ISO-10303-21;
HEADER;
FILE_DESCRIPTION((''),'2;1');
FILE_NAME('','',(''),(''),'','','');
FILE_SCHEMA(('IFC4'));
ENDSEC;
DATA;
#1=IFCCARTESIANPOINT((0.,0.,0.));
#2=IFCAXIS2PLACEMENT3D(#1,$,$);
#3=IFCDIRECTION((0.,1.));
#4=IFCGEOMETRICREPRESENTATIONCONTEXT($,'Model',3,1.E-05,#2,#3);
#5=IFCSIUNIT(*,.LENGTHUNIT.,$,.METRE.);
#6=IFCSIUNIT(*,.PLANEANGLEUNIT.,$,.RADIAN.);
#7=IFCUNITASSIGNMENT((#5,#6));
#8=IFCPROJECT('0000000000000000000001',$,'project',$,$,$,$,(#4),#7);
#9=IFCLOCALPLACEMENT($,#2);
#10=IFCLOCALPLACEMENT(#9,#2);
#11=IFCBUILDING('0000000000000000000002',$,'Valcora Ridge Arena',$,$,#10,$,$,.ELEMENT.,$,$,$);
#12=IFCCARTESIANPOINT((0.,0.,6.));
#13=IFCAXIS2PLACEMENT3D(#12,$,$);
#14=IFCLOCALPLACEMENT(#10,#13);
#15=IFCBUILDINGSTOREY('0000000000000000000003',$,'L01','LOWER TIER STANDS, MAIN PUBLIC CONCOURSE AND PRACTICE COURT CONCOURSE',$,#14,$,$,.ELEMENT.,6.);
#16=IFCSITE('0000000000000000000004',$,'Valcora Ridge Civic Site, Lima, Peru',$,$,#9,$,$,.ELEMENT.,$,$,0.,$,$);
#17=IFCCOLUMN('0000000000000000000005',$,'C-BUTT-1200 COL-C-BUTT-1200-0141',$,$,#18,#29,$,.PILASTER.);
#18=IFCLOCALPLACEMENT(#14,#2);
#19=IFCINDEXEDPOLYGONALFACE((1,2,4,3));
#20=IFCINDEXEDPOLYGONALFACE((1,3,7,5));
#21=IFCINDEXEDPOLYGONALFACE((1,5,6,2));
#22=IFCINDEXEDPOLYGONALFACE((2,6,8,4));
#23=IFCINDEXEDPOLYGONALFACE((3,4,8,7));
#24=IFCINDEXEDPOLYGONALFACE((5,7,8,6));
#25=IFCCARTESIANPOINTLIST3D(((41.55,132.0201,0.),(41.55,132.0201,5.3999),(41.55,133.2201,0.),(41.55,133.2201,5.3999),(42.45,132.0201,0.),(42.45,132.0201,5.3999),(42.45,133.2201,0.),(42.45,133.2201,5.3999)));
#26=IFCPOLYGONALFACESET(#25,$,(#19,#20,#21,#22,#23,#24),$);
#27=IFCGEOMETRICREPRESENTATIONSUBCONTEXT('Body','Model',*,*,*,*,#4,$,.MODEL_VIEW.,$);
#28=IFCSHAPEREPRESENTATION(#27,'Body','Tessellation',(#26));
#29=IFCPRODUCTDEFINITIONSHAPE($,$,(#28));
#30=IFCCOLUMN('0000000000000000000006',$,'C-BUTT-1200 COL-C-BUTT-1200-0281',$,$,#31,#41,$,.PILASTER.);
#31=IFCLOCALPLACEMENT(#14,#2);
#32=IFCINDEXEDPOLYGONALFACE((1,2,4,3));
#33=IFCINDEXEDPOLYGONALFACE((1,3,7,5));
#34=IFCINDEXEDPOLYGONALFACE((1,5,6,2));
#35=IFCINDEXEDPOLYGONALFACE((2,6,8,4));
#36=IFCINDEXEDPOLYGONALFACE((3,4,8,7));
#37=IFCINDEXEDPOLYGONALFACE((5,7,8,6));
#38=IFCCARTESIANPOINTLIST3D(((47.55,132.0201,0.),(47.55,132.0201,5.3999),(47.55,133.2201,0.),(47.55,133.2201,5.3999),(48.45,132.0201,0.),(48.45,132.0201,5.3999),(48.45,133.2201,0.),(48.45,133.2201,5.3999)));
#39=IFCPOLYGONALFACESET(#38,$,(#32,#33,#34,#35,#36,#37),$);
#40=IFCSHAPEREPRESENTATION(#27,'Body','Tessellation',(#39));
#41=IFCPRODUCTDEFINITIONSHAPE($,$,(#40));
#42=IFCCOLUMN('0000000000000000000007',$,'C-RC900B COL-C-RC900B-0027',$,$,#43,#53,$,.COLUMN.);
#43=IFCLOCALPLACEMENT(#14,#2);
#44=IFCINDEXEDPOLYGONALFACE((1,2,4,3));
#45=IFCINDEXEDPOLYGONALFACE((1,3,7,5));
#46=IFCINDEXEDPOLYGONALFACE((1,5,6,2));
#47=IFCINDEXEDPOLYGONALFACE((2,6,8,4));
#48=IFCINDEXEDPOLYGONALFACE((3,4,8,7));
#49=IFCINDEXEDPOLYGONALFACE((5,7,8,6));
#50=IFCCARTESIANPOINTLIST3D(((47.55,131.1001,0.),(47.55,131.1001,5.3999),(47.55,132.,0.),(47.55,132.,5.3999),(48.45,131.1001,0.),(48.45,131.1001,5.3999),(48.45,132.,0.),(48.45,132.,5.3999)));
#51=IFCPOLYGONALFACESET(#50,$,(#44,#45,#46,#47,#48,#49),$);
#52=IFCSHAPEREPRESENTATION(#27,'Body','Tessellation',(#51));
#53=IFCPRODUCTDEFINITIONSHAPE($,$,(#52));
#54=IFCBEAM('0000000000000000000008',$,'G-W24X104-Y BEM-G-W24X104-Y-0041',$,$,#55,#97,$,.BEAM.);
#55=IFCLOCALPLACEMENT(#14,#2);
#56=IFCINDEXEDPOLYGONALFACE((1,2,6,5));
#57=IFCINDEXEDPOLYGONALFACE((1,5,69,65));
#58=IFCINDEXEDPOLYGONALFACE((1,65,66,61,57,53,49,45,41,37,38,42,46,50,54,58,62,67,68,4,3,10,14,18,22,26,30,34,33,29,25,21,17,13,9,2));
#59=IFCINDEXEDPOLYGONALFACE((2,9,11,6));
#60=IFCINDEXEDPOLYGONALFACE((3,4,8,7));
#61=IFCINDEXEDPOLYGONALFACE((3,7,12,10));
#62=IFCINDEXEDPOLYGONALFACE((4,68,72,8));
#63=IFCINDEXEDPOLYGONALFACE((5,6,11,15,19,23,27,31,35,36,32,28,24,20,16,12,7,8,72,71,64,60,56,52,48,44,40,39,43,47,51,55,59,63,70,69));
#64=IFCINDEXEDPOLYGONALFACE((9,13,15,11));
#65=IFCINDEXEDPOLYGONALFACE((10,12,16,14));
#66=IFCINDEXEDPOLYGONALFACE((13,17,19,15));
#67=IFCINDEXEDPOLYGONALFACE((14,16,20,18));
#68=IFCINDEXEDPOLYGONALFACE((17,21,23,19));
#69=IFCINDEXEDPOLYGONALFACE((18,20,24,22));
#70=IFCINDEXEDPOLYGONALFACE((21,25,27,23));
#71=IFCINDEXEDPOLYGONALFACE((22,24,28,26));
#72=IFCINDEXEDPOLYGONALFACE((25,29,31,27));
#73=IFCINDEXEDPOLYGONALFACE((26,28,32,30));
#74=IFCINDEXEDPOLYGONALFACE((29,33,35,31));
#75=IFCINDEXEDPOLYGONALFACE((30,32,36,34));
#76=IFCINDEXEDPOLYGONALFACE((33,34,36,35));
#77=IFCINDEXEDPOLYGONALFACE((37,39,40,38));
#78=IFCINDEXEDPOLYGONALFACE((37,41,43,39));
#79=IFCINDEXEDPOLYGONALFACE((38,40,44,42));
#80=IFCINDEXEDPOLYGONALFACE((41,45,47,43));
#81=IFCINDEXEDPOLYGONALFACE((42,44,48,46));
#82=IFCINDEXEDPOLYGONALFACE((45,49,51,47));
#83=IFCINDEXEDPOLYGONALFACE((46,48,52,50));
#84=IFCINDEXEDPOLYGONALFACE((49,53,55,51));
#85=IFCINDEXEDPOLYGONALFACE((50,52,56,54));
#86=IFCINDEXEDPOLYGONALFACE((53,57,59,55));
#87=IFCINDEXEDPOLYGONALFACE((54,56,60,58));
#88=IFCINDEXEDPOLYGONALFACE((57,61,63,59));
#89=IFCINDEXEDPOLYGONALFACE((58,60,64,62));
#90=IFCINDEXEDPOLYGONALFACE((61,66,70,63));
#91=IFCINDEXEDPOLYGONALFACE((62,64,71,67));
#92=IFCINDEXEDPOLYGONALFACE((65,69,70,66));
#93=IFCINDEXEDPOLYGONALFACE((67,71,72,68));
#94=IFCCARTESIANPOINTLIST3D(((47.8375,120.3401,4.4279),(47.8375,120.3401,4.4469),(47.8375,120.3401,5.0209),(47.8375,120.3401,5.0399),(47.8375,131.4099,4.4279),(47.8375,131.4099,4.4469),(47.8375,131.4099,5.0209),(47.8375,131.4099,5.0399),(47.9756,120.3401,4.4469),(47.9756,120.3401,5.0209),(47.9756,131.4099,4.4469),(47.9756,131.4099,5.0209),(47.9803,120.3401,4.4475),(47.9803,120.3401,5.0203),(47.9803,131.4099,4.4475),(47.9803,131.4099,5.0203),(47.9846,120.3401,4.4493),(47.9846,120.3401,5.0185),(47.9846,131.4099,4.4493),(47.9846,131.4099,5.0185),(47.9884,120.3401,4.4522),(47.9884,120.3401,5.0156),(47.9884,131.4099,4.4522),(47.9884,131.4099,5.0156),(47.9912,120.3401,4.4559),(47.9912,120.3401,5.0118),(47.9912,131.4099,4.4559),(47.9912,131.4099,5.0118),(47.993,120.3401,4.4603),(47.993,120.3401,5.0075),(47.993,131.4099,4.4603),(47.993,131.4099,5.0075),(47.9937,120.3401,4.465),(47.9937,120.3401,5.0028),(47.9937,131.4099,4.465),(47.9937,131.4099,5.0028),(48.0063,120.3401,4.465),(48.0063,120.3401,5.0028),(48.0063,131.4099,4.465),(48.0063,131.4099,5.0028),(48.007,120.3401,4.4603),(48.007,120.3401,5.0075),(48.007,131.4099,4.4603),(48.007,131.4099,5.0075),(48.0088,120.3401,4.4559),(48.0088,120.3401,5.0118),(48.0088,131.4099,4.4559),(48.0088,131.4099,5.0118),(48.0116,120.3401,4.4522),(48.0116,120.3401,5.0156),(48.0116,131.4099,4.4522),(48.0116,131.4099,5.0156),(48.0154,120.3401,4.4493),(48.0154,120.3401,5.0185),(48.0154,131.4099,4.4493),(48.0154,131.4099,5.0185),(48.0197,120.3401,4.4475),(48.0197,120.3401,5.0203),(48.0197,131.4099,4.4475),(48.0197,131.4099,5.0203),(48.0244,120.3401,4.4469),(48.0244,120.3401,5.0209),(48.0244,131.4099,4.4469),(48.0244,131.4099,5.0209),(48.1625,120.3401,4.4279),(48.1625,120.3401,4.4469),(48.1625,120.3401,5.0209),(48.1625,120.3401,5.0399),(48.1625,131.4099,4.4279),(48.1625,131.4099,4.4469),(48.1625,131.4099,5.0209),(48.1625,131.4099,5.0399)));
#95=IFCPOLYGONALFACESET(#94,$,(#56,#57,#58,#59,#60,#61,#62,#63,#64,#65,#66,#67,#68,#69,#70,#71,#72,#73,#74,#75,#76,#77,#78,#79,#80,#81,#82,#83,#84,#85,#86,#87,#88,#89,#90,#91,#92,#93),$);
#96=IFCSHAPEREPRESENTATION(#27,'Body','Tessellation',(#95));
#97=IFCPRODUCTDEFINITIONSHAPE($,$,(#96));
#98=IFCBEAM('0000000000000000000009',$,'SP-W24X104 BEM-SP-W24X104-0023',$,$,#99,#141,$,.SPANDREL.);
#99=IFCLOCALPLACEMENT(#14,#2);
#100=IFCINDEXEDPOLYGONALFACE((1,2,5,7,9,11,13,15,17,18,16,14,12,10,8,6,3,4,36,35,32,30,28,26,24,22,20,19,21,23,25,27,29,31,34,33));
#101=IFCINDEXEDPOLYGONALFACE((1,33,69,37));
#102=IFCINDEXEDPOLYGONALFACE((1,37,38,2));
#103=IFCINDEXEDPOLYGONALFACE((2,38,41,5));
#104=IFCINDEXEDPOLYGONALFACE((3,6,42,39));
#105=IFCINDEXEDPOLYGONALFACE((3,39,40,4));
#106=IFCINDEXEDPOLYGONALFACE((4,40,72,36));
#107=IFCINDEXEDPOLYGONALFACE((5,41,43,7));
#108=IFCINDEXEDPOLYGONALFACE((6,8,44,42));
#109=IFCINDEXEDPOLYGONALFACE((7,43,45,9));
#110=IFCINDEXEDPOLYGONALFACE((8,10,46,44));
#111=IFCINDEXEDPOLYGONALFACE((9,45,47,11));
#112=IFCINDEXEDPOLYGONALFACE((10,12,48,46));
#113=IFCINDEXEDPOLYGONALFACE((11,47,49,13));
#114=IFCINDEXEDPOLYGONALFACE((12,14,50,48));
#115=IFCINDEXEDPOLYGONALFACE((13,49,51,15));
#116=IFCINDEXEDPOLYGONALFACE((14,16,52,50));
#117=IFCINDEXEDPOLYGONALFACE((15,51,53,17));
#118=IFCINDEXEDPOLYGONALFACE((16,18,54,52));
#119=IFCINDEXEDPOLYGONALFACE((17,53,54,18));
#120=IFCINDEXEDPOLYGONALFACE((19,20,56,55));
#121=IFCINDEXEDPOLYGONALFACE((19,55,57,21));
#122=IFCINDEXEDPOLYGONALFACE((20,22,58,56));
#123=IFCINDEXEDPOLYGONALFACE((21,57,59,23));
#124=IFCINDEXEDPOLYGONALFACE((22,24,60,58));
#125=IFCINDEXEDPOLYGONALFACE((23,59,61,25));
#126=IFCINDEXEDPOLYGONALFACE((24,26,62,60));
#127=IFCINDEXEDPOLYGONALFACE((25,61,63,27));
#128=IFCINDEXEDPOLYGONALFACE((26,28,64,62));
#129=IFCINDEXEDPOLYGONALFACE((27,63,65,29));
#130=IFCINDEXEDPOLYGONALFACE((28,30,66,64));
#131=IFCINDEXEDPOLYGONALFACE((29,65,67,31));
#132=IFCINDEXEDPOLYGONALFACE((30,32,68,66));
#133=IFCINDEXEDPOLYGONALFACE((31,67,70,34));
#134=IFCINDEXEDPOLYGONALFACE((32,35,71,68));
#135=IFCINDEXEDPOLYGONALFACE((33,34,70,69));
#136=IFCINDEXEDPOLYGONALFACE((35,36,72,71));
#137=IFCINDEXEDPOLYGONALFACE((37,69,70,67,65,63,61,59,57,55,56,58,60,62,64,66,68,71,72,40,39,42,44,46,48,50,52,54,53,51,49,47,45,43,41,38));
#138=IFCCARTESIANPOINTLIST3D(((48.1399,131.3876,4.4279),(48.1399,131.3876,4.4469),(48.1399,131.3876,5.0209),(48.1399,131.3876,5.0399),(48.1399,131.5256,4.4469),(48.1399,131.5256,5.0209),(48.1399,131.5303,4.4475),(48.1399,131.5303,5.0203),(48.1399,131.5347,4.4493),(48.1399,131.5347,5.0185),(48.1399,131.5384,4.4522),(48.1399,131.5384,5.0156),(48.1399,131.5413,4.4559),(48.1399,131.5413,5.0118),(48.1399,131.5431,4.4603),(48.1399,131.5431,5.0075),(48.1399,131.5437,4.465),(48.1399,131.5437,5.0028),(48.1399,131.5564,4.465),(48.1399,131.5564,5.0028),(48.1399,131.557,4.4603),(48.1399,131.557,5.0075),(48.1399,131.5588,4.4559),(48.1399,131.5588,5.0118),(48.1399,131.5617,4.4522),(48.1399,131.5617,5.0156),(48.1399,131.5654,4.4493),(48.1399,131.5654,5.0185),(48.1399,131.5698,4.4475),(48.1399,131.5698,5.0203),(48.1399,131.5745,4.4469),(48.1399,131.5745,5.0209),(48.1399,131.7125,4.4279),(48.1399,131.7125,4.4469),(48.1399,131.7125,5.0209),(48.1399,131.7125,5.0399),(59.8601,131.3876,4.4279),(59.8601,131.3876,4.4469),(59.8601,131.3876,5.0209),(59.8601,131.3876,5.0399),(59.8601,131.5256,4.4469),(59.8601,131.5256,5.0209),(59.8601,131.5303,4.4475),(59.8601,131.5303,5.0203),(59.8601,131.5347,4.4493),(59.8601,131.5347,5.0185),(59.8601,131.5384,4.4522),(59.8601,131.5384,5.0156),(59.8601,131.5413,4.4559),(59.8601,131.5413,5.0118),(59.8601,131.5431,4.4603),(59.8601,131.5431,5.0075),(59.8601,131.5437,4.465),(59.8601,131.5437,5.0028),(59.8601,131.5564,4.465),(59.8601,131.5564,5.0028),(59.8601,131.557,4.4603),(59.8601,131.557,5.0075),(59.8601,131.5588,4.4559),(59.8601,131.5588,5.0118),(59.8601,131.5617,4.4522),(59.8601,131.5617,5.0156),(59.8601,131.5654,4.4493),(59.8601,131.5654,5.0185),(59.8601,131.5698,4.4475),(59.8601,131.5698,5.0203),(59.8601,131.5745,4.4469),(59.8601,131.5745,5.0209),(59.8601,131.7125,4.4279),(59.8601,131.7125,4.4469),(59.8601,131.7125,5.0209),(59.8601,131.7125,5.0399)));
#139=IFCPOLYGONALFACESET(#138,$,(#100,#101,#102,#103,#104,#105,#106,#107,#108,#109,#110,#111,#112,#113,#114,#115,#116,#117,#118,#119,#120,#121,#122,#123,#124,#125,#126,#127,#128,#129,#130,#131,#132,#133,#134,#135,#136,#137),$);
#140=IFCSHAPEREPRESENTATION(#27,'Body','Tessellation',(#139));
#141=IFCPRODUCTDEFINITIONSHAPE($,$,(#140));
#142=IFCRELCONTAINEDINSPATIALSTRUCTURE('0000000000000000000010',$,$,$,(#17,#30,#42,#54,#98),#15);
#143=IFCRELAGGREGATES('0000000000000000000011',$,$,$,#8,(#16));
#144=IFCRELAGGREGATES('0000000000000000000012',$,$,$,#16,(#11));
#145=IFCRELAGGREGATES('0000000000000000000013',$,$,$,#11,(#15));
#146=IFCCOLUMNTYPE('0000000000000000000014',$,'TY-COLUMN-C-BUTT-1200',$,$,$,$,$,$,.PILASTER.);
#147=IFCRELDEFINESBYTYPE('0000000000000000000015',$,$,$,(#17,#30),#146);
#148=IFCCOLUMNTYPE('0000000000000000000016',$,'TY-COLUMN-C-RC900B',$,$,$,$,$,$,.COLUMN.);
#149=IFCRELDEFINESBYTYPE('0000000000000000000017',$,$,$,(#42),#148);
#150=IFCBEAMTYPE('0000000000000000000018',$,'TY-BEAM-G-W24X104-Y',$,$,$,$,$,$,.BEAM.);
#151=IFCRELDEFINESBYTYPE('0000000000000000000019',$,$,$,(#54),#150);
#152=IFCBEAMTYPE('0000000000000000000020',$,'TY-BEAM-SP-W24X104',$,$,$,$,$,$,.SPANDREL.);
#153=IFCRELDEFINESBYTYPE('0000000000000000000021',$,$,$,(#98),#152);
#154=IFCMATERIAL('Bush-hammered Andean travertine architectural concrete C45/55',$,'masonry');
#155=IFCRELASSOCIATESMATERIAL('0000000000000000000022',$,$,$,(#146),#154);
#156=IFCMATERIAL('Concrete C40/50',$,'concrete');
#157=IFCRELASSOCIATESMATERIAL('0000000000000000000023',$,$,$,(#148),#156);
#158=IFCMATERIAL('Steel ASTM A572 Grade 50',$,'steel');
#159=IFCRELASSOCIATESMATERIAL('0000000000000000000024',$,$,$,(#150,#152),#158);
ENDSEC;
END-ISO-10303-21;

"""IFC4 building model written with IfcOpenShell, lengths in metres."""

from ifc_helpers import new_model, si_unit, direction, frame, origin, origin_2d, place, context, subcontext, project, spatial, rectangle, i_section, extrude, material, material_profile, profile_set, type_object, element, save


model = new_model("IFC4")

# Units and contexts
model_context = context("Model", 3, precision=1e-05, world=origin(), true_north=direction((0.0, 1.0)))
body_context = subcontext(model_context, "Body", "Model", "MODEL_VIEW")
ifc_project = project(units=[si_unit("LENGTHUNIT", "METRE"), si_unit("PLANEANGLEUNIT", "RADIAN")], contexts=[model_context])

# Site, building, storey
site_placement = place(None, origin())
site = spatial("IfcSite", under=ifc_project, at=site_placement, Name="Valcora Ridge Civic Site, Lima, Peru", CompositionType="ELEMENT", RefElevation=0.0)
building_placement = place(site_placement, origin())
building = spatial("IfcBuilding", under=site, at=building_placement, Name="Valcora Ridge Arena", CompositionType="ELEMENT")
storey_placement = place(building_placement, frame((0.0, 0.0, 6.0)))
storey = spatial("IfcBuildingStorey", under=building, at=storey_placement, Name="L01", Description="LOWER TIER STANDS, MAIN PUBLIC CONCOURSE AND PRACTICE COURT CONCOURSE", CompositionType="ELEMENT", Elevation=6.0)

# Columns
ifc_material_1 = material(Name="Bush-hammered Andean travertine architectural concrete C45/55", Category="masonry")
ifc_material_profile_1 = material_profile(ifc_material_1, rectangle(XDim=0.8999, YDim=1.2, at=origin_2d()), Name="RC 900x1200")
ifc_profile_set_1 = profile_set([ifc_material_profile_1], Name="Bush-hammered Andean travertine architectural concrete C45/55")
column_type_1 = type_object("IfcColumnType", Name="TY-COLUMN-C-BUTT-1200", PredefinedType="PILASTER", material=ifc_profile_set_1)
for number, where, z_axis, x_axis, name in (
    (1, (42.0, 132.6201, 0.0), (0.0, 0.0, 1.0), (1.0, 0.0, 0.0), "C-BUTT-1200 COL-C-BUTT-1200-0141"),
    (2, (48.0, 132.6201, 0.0), (0.0, 0.0, 1.0), (1.0, 0.0, 0.0), "C-BUTT-1200 COL-C-BUTT-1200-0281"),
):
    element("IfcColumn", number, at=place(storey_placement, frame(where, z_axis=z_axis, x_axis=x_axis)), inside=storey, type_object=column_type_1, Name=name, PredefinedType="PILASTER", context=body_context, shape_type="SweptSolid", body=[
        extrude(rectangle(XDim=0.8999, YDim=1.2, at=origin_2d()), origin(), (0.0, 0.0, 1.0), 5.3999),
    ])
ifc_material_2 = material(Name="Concrete C40/50", Category="concrete")
ifc_material_profile_2 = material_profile(ifc_material_2, rectangle(XDim=0.8999, YDim=0.8999, at=origin_2d()), Name="RC 900x900")
ifc_profile_set_2 = profile_set([ifc_material_profile_2], Name="Concrete C40/50")
column_type_2 = type_object("IfcColumnType", Name="TY-COLUMN-C-RC900B", PredefinedType="COLUMN", material=ifc_profile_set_2)
column_placement = place(storey_placement, frame((48.0, 131.55, 0.0), z_axis=(0.0, 0.0, 1.0), x_axis=(1.0, 0.0, 0.0)))
element("IfcColumn", 3, at=column_placement, inside=storey, type_object=column_type_2, Name="C-RC900B COL-C-RC900B-0027", PredefinedType="COLUMN", context=body_context, shape_type="SweptSolid", body=[
    extrude(rectangle(XDim=0.8999, YDim=0.8999, at=origin_2d()), origin(), (0.0, 0.0, 1.0), 5.3999),
])

# Beams
ifc_material_3 = material(Name="Steel ASTM A572 Grade 50", Category="steel")
ifc_material_profile_3 = material_profile(ifc_material_3, i_section(OverallWidth=0.325, OverallDepth=0.6121, WebThickness=0.0127, FlangeThickness=0.019, FilletRadius=0.0181, at=origin_2d()), Name="W24X104")
ifc_profile_set_3 = profile_set([ifc_material_profile_3], Name="Steel ASTM A572 Grade 50")
beam_type_1 = type_object("IfcBeamType", Name="TY-BEAM-G-W24X104-Y", PredefinedType="BEAM", material=ifc_profile_set_3)
beam_1_placement = place(storey_placement, frame((48.0, 120.3401, 4.7339), z_axis=(0.0, 1.0, 0.0), x_axis=(-1.0, 0.0, 0.0)))
element("IfcBeam", 4, at=beam_1_placement, inside=storey, type_object=beam_type_1, Name="G-W24X104-Y BEM-G-W24X104-Y-0041", PredefinedType="BEAM", context=body_context, shape_type="SweptSolid", body=[
    extrude(i_section(OverallWidth=0.325, OverallDepth=0.6121, WebThickness=0.0127, FlangeThickness=0.019, FilletRadius=0.0181, at=origin_2d()), origin(), (0.0, 0.0, 1.0), 11.0698),
])
ifc_material_profile_4 = material_profile(ifc_material_3, i_section(OverallWidth=0.325, OverallDepth=0.6121, WebThickness=0.0127, FlangeThickness=0.019, FilletRadius=0.0181, at=origin_2d()), Name="W24X104")
ifc_profile_set_4 = profile_set([ifc_material_profile_4], Name="Steel ASTM A572 Grade 50")
beam_type_2 = type_object("IfcBeamType", Name="TY-BEAM-SP-W24X104", PredefinedType="SPANDREL", material=ifc_profile_set_4)
beam_2_placement = place(storey_placement, frame((48.1399, 131.55, 4.7339), z_axis=(1.0, 0.0, 0.0), x_axis=(0.0, 1.0, 0.0)))
element("IfcBeam", 5, at=beam_2_placement, inside=storey, type_object=beam_type_2, Name="SP-W24X104 BEM-SP-W24X104-0023", PredefinedType="SPANDREL", context=body_context, shape_type="SweptSolid", body=[
    extrude(i_section(OverallWidth=0.325, OverallDepth=0.6121, WebThickness=0.0127, FlangeThickness=0.019, FilletRadius=0.0181, at=origin_2d()), origin(), (0.0, 0.0, 1.0), 11.7202),
])

save(model, "model.ifc")
